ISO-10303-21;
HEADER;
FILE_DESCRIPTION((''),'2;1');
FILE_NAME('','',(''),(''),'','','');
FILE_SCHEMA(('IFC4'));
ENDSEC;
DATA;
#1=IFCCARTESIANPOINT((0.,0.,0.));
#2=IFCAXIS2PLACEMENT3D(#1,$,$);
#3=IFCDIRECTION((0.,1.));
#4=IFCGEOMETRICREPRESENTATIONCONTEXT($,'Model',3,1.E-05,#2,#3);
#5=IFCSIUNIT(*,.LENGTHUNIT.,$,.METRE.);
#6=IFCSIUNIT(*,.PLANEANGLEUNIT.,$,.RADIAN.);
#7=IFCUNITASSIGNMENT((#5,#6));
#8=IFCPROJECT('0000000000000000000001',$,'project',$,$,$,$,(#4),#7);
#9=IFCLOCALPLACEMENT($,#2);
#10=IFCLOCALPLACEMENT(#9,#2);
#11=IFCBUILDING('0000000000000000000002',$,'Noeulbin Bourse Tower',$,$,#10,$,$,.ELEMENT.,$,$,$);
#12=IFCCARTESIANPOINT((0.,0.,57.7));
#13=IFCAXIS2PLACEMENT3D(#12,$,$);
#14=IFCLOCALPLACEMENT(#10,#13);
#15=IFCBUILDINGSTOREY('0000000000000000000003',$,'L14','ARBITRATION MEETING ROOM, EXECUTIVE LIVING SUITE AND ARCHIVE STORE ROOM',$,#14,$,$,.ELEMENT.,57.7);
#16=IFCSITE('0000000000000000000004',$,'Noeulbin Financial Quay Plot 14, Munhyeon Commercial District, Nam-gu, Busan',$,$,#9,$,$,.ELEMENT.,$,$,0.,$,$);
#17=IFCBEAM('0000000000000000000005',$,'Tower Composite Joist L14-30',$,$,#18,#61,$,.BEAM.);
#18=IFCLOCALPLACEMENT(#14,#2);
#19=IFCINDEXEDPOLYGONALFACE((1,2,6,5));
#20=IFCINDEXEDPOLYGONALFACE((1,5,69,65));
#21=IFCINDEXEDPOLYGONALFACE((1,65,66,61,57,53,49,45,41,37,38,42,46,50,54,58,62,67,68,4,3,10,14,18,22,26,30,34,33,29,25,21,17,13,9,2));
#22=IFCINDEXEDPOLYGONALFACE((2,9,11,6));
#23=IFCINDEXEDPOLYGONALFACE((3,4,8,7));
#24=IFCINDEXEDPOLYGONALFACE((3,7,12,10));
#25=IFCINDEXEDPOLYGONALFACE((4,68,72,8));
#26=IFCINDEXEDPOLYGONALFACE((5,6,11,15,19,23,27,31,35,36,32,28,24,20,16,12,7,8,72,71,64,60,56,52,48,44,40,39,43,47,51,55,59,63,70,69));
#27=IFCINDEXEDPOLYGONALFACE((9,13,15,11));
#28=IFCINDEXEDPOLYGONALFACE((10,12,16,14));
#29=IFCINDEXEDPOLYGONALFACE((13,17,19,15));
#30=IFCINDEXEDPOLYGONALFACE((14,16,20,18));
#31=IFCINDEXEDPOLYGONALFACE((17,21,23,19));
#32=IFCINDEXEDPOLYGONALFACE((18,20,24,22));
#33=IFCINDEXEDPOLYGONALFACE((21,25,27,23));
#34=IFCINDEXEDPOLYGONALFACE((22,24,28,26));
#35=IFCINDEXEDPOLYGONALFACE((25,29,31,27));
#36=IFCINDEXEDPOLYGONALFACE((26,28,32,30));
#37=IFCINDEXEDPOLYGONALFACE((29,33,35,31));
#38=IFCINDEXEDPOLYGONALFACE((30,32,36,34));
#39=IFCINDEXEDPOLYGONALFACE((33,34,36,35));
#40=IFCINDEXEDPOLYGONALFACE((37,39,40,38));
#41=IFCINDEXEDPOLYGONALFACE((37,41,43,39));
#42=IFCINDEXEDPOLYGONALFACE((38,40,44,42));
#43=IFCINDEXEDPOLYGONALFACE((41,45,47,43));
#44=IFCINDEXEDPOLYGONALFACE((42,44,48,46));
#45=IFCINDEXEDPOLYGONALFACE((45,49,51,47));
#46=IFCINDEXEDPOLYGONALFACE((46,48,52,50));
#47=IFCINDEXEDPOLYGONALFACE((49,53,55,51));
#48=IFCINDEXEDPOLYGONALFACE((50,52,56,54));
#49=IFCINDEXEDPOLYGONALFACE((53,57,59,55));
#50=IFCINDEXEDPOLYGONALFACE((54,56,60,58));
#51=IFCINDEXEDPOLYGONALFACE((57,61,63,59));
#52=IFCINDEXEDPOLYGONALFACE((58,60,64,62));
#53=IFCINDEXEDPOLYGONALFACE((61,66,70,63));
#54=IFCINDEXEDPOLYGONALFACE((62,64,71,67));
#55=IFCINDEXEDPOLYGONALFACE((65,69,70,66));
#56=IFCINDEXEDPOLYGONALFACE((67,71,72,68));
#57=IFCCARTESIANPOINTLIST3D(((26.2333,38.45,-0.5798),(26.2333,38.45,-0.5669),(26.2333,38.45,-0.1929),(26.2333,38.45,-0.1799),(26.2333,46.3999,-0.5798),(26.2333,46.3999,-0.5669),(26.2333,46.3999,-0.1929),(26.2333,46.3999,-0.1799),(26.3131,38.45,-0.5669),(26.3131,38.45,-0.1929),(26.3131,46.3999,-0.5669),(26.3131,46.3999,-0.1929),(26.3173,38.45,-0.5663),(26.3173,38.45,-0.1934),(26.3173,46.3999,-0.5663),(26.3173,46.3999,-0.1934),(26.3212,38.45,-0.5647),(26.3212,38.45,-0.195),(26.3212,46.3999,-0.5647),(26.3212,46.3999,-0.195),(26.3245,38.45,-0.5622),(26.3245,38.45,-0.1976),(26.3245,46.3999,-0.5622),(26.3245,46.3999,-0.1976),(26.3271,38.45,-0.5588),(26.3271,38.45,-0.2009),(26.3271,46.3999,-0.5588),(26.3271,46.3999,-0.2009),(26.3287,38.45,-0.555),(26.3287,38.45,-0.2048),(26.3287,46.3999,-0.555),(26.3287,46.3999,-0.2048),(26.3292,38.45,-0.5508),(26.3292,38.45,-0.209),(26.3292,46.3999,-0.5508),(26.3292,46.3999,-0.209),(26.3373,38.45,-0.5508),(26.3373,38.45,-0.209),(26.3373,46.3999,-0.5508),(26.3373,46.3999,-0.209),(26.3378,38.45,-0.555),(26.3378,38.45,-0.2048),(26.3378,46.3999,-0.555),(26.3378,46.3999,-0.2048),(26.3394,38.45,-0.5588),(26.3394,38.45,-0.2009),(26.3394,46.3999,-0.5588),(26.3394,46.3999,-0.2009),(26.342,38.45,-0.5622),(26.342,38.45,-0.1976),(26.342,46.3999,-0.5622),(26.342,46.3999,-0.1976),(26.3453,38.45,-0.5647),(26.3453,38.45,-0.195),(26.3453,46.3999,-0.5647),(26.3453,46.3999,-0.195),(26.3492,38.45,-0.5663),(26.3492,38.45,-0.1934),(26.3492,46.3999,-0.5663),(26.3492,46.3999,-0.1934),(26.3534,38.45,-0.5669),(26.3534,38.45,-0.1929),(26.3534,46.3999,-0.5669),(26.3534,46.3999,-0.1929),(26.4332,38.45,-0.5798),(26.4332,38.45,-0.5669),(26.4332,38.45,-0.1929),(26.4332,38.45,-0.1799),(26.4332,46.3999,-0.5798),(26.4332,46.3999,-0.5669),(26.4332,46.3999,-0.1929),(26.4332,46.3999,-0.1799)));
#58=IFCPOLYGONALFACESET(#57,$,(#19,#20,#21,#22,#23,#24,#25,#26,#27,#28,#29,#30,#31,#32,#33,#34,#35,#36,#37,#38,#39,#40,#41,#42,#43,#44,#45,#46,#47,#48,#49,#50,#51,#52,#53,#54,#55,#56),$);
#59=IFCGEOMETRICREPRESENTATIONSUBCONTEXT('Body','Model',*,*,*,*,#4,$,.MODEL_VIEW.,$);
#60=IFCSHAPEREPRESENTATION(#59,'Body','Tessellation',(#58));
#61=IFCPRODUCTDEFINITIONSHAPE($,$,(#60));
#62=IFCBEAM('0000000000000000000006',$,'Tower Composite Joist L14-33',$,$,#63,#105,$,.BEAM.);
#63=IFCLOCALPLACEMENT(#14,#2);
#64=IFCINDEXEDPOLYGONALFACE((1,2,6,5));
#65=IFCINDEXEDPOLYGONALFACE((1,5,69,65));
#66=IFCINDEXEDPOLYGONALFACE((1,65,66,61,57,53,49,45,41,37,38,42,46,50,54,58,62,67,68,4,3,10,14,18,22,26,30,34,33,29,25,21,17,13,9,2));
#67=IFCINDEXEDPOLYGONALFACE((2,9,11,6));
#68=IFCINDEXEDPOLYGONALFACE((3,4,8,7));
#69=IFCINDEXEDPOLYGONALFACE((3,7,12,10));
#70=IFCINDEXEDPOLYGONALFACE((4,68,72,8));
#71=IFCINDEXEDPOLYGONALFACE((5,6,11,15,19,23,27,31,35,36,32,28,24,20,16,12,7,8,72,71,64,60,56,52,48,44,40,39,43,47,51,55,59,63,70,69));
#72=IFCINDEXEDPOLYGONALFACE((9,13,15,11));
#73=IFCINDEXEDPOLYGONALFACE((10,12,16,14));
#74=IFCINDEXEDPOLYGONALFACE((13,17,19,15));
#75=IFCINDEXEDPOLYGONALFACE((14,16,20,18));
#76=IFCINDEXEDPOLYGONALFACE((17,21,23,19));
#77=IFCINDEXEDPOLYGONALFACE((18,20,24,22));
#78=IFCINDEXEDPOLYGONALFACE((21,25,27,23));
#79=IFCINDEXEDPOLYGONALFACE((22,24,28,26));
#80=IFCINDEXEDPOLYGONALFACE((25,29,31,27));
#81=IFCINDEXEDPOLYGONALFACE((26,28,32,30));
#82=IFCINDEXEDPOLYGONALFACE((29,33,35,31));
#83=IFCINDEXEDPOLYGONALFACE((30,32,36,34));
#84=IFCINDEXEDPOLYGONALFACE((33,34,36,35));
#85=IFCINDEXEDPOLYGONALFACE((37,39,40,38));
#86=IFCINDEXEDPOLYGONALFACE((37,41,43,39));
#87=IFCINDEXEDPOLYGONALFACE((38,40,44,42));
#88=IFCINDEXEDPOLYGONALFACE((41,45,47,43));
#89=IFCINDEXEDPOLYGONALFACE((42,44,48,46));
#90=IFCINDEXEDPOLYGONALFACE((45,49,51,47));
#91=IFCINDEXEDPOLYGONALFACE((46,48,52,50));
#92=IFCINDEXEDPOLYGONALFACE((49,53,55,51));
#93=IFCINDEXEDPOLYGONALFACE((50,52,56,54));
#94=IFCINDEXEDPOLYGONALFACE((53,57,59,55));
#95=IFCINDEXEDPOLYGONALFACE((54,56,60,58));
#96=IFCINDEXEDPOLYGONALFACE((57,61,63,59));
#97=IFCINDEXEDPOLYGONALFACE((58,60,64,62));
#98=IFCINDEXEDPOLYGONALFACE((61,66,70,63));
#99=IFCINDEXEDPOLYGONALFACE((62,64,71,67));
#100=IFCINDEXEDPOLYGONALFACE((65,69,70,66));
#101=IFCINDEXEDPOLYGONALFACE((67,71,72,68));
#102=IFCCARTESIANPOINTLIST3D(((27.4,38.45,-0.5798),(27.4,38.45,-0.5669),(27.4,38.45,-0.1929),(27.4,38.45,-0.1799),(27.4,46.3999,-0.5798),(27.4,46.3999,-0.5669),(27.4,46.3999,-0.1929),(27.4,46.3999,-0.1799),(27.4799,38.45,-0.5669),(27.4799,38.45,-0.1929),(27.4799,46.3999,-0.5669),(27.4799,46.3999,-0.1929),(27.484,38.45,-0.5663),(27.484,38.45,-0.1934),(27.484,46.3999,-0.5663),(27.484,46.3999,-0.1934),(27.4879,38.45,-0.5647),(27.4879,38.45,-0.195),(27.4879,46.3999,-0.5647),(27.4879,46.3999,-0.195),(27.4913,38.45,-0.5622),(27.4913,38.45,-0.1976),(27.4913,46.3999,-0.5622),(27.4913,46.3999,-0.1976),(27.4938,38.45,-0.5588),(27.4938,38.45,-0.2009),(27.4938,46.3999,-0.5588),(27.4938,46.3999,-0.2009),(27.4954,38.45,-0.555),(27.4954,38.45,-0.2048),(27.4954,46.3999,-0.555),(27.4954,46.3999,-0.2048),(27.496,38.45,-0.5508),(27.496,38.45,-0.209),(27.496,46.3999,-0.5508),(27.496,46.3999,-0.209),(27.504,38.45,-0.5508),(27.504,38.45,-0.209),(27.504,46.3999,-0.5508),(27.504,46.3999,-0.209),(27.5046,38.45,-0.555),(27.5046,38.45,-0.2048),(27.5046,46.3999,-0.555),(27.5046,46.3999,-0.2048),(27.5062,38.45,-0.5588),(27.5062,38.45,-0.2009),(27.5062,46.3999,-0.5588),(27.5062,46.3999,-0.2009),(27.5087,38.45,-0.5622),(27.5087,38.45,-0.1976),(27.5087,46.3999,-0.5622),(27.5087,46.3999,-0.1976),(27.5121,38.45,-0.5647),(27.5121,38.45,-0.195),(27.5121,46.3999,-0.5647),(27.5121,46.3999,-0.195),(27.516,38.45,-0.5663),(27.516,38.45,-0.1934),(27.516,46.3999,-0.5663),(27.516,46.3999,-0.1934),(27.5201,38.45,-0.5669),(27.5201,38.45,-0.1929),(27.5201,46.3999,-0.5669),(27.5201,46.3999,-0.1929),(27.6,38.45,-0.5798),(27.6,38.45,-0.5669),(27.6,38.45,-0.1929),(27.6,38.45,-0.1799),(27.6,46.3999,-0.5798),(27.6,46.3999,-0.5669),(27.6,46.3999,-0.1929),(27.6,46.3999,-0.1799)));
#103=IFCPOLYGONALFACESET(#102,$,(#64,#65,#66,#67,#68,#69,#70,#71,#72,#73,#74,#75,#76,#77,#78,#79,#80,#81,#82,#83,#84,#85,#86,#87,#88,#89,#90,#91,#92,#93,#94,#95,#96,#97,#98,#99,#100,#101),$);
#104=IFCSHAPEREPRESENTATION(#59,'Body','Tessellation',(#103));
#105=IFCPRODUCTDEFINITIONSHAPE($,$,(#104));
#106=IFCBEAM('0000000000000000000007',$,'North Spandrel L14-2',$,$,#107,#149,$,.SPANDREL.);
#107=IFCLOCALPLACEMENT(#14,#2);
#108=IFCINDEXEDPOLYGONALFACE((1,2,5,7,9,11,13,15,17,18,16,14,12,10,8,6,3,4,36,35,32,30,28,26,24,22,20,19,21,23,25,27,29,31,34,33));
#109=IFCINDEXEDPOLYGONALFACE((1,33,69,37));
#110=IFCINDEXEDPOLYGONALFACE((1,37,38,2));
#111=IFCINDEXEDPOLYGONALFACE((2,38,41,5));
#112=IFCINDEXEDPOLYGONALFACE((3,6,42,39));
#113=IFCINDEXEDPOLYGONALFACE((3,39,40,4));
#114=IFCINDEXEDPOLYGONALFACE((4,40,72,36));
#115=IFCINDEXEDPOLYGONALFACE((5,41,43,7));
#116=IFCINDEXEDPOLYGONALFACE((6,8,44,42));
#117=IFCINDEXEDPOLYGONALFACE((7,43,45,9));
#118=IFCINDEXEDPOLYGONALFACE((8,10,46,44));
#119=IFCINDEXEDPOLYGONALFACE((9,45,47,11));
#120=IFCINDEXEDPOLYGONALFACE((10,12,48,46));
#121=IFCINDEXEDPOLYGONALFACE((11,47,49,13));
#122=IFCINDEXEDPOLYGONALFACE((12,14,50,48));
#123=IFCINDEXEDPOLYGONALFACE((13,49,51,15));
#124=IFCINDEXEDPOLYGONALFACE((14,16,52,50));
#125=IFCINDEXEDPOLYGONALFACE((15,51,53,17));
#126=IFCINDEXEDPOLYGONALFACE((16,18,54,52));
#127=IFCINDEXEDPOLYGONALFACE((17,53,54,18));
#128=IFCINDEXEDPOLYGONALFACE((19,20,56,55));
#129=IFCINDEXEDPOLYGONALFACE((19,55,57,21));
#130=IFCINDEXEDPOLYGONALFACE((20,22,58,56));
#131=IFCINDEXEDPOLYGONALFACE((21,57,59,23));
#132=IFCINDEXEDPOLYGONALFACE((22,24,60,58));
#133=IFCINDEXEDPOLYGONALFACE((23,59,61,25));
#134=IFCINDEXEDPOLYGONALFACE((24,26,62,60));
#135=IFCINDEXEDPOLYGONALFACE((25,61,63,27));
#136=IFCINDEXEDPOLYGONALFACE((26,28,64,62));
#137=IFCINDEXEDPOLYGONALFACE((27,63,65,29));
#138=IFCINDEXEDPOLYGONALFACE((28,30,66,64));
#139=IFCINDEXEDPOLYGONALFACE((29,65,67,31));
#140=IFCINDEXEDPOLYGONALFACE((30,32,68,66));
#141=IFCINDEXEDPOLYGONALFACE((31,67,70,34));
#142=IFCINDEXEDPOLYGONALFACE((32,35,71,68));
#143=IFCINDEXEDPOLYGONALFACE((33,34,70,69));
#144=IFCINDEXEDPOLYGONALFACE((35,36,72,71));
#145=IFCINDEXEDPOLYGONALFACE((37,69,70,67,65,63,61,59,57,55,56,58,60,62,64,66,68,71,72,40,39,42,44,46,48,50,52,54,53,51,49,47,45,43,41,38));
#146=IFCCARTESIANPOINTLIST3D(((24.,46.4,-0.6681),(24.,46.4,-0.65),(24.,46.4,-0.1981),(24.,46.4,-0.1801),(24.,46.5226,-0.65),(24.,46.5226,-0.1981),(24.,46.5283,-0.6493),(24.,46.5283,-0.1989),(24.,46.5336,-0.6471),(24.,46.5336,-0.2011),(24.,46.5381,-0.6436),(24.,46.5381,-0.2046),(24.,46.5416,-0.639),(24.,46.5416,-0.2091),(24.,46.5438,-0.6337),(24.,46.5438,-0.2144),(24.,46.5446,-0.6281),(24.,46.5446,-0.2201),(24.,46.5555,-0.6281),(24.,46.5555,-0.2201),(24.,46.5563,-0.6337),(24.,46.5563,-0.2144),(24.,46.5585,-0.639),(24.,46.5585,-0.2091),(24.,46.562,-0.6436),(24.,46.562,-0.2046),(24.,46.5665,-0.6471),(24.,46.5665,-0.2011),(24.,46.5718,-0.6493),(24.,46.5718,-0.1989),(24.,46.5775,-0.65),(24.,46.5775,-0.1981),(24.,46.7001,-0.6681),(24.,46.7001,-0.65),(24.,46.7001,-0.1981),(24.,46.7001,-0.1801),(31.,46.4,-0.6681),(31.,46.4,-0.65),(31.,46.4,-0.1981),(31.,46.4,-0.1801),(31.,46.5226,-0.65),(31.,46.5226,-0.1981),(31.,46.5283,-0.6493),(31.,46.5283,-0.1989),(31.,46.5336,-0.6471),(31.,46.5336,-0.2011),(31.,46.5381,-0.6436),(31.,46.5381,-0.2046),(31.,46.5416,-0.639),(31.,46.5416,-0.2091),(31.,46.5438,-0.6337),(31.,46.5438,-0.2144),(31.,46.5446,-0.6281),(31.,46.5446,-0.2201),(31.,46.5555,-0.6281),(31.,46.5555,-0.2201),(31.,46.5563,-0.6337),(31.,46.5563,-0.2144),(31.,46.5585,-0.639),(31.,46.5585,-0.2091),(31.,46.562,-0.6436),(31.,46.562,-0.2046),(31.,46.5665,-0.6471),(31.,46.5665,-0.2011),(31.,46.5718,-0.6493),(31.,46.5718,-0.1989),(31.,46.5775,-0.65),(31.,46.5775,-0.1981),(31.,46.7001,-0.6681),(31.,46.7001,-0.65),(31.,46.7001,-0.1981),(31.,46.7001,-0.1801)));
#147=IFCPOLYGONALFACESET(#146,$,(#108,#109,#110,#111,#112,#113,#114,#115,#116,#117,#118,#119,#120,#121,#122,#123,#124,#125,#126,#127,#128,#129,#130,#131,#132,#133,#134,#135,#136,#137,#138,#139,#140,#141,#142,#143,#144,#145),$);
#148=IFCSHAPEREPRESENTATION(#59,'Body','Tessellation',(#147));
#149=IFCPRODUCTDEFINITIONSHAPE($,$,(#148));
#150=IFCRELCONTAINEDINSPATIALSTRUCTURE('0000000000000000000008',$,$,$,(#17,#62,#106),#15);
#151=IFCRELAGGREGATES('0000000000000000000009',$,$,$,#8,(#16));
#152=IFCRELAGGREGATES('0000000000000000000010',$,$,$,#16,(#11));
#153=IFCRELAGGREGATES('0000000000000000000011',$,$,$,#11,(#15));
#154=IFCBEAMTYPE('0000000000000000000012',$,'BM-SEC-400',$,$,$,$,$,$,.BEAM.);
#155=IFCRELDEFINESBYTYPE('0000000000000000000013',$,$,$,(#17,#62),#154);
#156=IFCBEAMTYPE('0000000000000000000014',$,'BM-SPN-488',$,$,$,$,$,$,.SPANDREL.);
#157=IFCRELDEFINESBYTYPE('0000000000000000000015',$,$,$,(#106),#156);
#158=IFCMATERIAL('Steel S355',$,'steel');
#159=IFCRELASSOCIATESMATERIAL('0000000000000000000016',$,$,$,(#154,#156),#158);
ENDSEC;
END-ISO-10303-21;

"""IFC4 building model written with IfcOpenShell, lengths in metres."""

from ifc_helpers import new_model, si_unit, direction, frame, origin, origin_2d, place, context, subcontext, project, spatial, i_section, extrude, material, material_profile, profile_set, type_object, element, save


model = new_model("IFC4")

# Units and contexts
model_context = context("Model", 3, precision=1e-05, world=origin(), true_north=direction((0.0, 1.0)))
body_context = subcontext(model_context, "Body", "Model", "MODEL_VIEW")
ifc_project = project(units=[si_unit("LENGTHUNIT", "METRE"), si_unit("PLANEANGLEUNIT", "RADIAN")], contexts=[model_context])

# Site, building, storey
site_placement = place(None, origin())
site = spatial("IfcSite", under=ifc_project, at=site_placement, Name="Noeulbin Financial Quay Plot 14, Munhyeon Commercial District, Nam-gu, Busan", CompositionType="ELEMENT", RefElevation=0.0)
building_placement = place(site_placement, origin())
building = spatial("IfcBuilding", under=site, at=building_placement, Name="Noeulbin Bourse Tower", CompositionType="ELEMENT")
storey_placement = place(building_placement, frame((0.0, 0.0, 57.7)))
storey = spatial("IfcBuildingStorey", under=building, at=storey_placement, Name="L14", Description="ARBITRATION MEETING ROOM, EXECUTIVE LIVING SUITE AND ARCHIVE STORE ROOM", CompositionType="ELEMENT", Elevation=57.7)

# Beams
ifc_material_1 = material(Name="Steel S355", Category="steel")
ifc_material_profile_1 = material_profile(ifc_material_1, i_section(OverallWidth=0.2, OverallDepth=0.3999, WebThickness=0.0081, FlangeThickness=0.0129, FilletRadius=0.0161, at=origin_2d()), Name="H-400x200x8x13", Category="LoadBearing")
ifc_profile_set_1 = profile_set([ifc_material_profile_1], Name="Steel S355")
beam_type_1 = type_object("IfcBeamType", Name="BM-SEC-400", PredefinedType="BEAM", material=ifc_profile_set_1)
for number, where, z_axis, x_axis, name in (
    (1, (26.3333, 38.45, -0.3799), (0.0, 1.0, 0.0), (-1.0, 0.0, 0.0), "Tower Composite Joist L14-30"),
    (2, (27.5, 38.45, -0.3799), (0.0, 1.0, 0.0), (-1.0, 0.0, 0.0), "Tower Composite Joist L14-33"),
):
    element("IfcBeam", number, at=place(storey_placement, frame(where, z_axis=z_axis, x_axis=x_axis)), inside=storey, type_object=beam_type_1, Name=name, PredefinedType="BEAM", context=body_context, shape_type="SweptSolid", body=[
        extrude(i_section(OverallWidth=0.2, OverallDepth=0.3999, WebThickness=0.0081, FlangeThickness=0.0129, FilletRadius=0.0161, at=origin_2d()), origin(), (0.0, 0.0, 1.0), 7.95),
    ])
ifc_material_profile_2 = material_profile(ifc_material_1, i_section(OverallWidth=0.3, OverallDepth=0.488, WebThickness=0.011, FlangeThickness=0.0181, FilletRadius=0.022, at=origin_2d()), Name="H-488x300x11x18", Category="LoadBearing")
ifc_profile_set_2 = profile_set([ifc_material_profile_2], Name="Steel S355")
beam_type_2 = type_object("IfcBeamType", Name="BM-SPN-488", PredefinedType="SPANDREL", material=ifc_profile_set_2)
beam_1_placement = place(storey_placement, frame((24.0, 46.55, -0.4241), z_axis=(1.0, 0.0, 0.0), x_axis=(0.0, 1.0, 0.0)))
element("IfcBeam", 3, at=beam_1_placement, inside=storey, type_object=beam_type_2, Name="North Spandrel L14-2", PredefinedType="SPANDREL", context=body_context, shape_type="SweptSolid", body=[
    extrude(i_section(OverallWidth=0.3, OverallDepth=0.488, WebThickness=0.011, FlangeThickness=0.0181, FilletRadius=0.022, at=origin_2d()), origin(), (0.0, 0.0, 1.0), 7.0),
])

save(model, "model.ifc")
